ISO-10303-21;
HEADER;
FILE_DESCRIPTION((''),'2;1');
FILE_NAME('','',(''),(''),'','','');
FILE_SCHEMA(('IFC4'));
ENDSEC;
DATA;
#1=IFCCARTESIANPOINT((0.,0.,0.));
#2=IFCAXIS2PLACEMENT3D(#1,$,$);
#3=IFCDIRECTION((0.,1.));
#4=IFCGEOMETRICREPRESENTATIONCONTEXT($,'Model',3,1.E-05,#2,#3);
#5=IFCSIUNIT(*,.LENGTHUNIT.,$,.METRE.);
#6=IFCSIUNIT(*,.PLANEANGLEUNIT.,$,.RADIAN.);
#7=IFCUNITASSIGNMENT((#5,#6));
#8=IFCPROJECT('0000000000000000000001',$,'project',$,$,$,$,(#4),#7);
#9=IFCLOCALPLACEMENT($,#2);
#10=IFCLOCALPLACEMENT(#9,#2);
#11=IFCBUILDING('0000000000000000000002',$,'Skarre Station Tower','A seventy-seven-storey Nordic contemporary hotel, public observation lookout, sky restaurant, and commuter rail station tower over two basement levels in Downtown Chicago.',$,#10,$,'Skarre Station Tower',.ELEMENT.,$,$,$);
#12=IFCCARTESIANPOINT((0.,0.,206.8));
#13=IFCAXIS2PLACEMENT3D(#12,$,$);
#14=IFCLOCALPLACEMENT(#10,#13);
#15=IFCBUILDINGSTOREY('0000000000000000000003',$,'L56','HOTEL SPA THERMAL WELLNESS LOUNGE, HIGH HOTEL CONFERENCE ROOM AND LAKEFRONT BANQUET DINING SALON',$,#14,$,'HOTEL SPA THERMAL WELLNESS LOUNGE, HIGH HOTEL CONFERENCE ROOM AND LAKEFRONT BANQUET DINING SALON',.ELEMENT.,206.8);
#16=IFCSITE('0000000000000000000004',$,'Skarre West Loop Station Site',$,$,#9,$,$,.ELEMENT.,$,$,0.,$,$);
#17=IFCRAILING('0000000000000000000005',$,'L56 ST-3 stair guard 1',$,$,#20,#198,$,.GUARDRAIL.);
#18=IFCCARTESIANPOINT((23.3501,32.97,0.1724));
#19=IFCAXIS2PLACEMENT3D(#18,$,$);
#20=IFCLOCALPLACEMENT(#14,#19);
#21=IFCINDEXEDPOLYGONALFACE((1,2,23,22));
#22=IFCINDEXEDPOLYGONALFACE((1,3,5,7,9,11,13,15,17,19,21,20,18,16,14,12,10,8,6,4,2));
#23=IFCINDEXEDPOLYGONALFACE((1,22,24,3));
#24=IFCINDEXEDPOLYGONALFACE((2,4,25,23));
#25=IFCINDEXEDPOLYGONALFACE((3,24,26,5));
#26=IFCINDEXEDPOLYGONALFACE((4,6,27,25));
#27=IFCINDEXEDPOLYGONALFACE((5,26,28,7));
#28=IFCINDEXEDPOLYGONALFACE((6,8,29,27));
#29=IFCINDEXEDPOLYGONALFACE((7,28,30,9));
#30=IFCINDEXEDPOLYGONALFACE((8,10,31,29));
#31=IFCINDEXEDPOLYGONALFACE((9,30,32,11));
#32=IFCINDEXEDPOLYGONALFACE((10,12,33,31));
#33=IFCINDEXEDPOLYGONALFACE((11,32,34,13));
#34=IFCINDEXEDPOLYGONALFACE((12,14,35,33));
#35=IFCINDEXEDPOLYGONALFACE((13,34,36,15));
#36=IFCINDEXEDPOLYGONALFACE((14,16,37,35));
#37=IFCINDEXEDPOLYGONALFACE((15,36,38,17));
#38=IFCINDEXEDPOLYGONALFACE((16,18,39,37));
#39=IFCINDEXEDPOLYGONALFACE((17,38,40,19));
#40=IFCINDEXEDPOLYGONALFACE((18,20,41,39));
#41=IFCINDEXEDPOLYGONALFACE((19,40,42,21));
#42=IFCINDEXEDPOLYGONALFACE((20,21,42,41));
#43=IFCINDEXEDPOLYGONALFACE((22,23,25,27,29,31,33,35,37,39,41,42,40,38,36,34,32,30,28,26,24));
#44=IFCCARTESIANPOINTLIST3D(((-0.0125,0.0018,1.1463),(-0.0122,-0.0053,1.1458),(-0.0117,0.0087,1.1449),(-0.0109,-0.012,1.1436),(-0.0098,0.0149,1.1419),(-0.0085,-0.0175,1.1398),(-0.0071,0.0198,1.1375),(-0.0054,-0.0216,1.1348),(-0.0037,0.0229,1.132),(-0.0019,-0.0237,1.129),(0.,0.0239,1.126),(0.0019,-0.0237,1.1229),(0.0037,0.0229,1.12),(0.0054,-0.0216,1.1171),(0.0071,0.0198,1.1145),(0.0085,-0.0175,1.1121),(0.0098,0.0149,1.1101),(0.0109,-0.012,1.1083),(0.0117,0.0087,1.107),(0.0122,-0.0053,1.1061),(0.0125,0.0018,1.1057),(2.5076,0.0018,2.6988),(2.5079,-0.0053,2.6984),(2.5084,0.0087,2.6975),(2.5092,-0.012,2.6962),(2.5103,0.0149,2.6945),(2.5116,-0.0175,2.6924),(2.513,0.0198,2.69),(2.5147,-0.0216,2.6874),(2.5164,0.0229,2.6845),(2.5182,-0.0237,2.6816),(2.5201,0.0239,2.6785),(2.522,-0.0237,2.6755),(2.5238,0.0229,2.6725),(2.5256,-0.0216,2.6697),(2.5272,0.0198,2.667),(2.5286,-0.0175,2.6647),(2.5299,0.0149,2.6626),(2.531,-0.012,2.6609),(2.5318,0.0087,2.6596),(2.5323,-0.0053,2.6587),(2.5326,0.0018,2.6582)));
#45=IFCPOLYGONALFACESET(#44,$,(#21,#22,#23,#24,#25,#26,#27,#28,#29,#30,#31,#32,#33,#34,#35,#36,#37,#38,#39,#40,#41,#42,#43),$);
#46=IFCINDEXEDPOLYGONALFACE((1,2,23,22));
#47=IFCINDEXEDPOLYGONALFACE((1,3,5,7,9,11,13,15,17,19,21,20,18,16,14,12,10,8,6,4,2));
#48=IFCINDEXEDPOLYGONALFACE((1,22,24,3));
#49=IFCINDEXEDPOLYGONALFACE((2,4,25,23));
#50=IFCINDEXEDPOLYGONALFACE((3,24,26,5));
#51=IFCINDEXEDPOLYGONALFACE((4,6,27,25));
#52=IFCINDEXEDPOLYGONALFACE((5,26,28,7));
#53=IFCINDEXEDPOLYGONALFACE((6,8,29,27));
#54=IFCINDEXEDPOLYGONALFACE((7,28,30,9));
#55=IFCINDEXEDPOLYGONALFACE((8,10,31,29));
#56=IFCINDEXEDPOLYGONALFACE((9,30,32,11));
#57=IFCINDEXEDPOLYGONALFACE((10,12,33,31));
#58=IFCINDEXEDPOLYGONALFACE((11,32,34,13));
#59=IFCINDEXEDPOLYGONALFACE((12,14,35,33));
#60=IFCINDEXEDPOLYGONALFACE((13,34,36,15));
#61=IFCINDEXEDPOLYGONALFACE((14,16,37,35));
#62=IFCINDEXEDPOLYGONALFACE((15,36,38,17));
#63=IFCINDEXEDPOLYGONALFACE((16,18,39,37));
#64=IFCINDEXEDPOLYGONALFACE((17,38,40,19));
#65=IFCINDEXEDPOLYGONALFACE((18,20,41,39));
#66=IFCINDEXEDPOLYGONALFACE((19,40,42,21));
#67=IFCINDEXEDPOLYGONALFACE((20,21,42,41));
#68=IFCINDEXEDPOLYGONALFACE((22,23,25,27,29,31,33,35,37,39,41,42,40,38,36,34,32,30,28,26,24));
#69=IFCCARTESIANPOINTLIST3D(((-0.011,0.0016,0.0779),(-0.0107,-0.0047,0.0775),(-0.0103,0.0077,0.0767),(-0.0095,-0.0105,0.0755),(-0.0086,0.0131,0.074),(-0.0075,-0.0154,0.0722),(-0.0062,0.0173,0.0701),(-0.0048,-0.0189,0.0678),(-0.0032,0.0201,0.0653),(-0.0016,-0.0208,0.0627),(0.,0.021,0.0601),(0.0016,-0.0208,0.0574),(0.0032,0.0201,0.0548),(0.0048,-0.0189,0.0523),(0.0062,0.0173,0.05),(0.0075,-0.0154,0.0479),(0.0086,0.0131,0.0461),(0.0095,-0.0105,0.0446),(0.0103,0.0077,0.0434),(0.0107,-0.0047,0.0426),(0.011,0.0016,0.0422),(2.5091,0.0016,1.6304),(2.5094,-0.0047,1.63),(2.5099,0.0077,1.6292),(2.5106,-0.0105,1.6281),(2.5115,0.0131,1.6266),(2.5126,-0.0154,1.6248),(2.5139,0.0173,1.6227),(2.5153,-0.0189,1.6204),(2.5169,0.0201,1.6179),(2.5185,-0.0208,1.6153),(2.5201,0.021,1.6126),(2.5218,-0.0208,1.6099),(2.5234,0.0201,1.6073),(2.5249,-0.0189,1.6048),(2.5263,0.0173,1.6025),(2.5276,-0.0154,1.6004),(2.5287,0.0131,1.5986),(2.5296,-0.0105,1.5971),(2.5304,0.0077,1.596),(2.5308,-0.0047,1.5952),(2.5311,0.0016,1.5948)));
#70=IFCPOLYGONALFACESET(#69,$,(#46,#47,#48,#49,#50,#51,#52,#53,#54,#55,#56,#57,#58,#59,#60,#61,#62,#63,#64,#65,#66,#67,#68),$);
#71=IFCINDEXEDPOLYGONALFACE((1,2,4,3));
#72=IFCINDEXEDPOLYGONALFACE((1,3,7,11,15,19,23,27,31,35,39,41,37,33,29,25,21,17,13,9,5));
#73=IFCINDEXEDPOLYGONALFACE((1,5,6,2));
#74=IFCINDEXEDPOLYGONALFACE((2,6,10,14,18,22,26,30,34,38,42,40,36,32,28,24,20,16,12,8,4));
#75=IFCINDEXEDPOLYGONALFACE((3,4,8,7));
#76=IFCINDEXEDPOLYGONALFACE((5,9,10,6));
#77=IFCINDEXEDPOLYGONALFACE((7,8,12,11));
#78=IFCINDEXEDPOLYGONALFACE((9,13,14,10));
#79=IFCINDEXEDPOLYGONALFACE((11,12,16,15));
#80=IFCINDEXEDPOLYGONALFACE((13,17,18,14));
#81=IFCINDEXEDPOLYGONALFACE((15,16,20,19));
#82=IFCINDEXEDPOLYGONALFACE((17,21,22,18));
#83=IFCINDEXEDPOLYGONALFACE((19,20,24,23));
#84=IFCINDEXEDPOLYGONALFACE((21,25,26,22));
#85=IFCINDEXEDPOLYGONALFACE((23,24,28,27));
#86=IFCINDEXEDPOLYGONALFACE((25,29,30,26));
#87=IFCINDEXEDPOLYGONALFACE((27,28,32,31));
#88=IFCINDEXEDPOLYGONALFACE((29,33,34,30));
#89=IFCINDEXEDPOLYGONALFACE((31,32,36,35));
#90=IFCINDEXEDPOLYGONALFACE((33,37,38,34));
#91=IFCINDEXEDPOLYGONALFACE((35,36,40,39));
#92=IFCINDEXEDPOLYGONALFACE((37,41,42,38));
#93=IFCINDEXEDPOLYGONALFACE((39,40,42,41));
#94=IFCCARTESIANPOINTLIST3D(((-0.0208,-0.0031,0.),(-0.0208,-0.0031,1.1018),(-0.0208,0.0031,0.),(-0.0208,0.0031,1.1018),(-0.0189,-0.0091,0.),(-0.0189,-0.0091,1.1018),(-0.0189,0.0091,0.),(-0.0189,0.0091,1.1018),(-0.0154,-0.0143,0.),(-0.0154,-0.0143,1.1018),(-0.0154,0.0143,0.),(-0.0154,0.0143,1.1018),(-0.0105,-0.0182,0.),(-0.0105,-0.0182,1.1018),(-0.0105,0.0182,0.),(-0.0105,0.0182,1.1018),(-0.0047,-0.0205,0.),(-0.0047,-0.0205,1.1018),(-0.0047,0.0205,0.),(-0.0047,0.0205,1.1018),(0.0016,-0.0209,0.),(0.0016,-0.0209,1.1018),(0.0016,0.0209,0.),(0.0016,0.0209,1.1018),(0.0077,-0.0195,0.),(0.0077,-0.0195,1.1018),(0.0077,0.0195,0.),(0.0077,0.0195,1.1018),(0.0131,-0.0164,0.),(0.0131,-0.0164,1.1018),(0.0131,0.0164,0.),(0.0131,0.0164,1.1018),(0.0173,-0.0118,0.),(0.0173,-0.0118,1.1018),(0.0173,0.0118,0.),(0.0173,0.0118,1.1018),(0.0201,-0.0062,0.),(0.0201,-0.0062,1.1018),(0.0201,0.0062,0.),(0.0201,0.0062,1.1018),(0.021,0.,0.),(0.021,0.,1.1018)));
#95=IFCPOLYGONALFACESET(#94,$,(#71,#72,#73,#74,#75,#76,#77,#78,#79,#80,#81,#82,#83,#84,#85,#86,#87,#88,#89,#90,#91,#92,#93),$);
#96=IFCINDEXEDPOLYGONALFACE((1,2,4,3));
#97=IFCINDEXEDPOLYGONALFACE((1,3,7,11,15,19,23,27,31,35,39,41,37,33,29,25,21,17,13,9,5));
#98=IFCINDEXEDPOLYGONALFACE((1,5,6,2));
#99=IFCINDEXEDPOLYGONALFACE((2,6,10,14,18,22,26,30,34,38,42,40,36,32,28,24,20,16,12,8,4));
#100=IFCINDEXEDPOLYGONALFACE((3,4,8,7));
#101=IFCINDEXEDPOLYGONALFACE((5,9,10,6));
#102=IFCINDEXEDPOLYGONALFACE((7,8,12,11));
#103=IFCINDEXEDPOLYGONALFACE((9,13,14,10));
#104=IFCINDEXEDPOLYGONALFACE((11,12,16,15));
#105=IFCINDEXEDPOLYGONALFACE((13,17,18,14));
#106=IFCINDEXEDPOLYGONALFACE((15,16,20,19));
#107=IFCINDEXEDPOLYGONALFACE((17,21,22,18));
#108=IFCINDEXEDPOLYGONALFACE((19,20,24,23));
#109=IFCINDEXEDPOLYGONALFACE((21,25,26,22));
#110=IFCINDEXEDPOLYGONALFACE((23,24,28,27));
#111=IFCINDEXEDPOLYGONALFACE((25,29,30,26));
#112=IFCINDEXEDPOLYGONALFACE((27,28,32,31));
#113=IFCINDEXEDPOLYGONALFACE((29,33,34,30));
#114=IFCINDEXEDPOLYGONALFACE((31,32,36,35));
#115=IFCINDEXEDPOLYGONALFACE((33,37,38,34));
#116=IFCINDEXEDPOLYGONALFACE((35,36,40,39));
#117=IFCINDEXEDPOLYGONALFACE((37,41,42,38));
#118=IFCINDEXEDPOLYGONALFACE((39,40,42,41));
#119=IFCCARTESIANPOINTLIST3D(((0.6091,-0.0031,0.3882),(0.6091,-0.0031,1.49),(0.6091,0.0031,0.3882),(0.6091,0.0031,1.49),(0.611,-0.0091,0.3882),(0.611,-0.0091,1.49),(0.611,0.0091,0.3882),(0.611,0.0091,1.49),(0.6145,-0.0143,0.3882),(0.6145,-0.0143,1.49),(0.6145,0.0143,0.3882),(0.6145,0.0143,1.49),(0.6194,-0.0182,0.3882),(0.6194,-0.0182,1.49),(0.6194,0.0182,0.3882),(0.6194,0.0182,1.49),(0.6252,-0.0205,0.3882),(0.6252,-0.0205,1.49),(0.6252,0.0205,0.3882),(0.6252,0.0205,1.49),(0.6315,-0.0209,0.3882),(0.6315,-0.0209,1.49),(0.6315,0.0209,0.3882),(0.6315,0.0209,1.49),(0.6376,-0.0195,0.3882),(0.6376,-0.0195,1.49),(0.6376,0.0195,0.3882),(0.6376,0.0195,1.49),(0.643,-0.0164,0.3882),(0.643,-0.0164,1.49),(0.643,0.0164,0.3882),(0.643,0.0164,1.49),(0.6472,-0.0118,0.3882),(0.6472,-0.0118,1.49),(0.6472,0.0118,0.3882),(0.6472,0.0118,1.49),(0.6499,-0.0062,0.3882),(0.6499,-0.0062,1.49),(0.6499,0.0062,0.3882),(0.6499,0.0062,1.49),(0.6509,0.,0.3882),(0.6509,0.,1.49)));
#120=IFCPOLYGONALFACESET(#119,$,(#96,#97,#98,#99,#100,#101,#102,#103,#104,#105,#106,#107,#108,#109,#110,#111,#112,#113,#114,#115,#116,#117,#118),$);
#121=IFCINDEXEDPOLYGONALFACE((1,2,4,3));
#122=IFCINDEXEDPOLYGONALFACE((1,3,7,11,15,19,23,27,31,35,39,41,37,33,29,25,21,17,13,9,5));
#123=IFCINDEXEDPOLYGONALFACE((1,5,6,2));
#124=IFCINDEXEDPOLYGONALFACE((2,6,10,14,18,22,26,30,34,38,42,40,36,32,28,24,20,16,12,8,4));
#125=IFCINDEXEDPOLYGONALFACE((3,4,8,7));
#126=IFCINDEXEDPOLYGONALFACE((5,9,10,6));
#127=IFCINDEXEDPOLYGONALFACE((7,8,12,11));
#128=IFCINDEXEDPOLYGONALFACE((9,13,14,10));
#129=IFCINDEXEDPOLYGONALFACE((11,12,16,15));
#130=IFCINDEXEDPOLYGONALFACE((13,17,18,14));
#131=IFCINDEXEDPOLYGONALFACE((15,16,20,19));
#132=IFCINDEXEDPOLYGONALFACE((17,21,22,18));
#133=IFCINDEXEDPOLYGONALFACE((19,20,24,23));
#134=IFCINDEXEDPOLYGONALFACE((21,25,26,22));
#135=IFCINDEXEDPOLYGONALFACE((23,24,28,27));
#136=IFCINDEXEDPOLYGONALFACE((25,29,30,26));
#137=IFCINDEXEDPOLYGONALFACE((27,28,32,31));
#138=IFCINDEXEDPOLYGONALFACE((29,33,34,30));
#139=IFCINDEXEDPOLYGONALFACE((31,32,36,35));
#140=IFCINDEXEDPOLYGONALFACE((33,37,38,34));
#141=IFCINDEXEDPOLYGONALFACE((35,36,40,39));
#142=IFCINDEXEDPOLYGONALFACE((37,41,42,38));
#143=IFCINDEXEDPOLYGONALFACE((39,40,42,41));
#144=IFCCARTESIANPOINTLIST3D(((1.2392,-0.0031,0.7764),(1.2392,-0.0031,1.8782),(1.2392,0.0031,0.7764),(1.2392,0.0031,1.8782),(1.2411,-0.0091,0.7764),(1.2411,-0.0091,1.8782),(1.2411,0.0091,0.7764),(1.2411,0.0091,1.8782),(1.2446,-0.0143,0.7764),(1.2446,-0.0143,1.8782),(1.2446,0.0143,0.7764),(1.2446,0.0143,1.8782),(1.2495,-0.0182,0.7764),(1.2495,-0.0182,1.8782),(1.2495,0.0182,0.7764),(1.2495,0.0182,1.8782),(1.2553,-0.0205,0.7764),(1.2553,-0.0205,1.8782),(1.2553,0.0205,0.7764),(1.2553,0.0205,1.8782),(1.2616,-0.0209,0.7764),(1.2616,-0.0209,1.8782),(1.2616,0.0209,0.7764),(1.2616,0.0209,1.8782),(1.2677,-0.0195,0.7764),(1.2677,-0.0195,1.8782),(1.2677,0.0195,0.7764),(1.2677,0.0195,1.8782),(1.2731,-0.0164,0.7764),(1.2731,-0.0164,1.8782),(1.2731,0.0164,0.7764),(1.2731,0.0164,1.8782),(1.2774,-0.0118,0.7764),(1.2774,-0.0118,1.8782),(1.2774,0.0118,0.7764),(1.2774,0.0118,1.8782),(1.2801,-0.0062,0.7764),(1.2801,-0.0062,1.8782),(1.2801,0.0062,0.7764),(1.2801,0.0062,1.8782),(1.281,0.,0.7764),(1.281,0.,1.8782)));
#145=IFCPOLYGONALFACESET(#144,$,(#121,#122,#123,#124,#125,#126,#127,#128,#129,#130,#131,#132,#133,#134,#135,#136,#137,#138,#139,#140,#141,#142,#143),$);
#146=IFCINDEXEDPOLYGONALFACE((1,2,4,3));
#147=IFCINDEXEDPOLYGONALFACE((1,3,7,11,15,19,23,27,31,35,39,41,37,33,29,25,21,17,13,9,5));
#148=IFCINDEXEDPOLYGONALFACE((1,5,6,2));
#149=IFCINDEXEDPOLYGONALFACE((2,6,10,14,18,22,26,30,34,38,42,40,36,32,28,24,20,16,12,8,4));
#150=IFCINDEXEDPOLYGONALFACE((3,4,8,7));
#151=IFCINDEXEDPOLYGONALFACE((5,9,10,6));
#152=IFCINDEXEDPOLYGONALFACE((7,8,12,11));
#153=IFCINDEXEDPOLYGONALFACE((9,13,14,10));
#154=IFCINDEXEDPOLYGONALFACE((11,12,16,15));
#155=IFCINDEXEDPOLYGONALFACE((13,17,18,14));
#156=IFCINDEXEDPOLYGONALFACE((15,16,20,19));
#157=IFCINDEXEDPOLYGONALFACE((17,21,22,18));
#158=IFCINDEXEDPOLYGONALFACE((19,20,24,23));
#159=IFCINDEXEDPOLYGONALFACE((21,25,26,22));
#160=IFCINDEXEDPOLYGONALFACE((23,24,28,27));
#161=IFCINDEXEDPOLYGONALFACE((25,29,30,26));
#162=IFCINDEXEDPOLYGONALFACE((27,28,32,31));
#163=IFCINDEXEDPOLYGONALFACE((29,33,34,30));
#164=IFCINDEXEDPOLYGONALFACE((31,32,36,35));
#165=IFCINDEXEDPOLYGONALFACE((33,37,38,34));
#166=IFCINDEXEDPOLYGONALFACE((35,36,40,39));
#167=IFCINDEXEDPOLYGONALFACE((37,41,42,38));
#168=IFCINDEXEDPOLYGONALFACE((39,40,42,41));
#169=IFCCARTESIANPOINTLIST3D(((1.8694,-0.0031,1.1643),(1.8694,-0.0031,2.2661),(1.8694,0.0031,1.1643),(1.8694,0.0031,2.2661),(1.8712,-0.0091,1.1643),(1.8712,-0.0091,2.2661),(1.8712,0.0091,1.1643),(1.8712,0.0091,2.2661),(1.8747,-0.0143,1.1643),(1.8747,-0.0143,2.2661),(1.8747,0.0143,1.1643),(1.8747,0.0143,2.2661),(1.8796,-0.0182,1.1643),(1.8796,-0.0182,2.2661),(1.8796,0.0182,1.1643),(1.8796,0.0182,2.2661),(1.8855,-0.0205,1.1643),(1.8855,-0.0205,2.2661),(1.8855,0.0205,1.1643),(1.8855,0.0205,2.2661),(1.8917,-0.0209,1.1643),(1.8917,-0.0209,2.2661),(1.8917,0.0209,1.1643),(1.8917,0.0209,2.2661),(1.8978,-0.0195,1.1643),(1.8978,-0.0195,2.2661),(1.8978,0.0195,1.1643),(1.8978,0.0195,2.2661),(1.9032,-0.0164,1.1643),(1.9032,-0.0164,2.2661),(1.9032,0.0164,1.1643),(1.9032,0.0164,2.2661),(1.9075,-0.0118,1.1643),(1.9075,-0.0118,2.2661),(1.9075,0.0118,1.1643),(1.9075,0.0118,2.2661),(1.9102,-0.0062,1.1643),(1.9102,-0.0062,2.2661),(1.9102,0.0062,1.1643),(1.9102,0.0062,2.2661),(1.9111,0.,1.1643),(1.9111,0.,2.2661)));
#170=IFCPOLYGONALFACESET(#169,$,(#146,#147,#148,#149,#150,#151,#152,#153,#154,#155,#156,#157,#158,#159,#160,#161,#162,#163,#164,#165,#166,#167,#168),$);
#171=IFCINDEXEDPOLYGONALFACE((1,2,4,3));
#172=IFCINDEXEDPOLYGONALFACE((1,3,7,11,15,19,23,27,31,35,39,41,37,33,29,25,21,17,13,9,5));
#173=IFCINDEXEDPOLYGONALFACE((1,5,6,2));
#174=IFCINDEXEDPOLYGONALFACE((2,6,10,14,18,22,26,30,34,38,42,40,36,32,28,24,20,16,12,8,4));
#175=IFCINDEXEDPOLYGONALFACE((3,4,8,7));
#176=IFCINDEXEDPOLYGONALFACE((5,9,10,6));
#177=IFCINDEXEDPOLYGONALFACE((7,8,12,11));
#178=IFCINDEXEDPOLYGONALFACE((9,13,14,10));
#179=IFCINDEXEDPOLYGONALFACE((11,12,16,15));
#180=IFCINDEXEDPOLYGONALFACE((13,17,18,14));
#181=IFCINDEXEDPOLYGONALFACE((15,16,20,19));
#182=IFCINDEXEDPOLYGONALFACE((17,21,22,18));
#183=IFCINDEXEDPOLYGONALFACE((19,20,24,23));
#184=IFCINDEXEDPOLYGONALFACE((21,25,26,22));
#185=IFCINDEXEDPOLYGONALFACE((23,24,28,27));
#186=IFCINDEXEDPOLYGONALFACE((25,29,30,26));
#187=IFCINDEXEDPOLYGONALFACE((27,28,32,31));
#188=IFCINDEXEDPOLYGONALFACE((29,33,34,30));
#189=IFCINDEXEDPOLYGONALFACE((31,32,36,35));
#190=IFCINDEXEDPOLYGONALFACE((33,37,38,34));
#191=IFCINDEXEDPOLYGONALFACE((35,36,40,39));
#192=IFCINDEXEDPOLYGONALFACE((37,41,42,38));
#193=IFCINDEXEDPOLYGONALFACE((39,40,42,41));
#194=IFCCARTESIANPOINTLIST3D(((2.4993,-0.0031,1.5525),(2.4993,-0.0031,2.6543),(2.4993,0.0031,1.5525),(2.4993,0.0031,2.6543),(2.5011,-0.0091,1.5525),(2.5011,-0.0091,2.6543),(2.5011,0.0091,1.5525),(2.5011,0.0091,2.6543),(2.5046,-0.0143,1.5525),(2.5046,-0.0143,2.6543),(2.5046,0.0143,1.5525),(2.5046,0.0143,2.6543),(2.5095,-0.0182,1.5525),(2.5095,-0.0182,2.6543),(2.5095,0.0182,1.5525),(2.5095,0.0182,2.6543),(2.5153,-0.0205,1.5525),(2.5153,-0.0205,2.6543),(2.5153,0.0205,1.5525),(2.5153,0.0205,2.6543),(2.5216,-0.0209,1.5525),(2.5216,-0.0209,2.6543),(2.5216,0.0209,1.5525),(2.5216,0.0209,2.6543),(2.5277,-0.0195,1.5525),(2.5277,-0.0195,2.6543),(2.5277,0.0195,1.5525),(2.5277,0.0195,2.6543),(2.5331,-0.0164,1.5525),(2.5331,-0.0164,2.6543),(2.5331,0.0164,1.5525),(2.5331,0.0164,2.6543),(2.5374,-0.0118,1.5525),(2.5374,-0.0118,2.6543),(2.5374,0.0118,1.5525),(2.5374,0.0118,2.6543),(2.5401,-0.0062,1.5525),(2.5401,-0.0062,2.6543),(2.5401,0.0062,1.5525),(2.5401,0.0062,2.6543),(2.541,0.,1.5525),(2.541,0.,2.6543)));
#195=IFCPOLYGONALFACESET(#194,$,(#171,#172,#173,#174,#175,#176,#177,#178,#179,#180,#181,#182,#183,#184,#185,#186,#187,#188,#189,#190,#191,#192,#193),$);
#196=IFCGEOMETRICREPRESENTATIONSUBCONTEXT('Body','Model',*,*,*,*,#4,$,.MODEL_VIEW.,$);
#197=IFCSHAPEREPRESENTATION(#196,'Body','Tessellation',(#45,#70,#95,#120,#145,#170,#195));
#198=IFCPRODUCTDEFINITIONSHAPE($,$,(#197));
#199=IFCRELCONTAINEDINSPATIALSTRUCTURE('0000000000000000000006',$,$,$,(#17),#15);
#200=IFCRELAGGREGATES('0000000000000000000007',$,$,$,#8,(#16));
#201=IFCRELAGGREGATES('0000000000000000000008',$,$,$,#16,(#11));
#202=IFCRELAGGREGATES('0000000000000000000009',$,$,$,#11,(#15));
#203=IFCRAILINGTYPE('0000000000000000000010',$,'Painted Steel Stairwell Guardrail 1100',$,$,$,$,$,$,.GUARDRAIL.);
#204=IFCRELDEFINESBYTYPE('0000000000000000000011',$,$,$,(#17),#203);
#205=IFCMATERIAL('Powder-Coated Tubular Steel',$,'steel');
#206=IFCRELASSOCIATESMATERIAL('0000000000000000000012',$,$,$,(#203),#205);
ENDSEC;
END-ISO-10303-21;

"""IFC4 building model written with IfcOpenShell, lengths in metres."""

from ifc_helpers import new_model, si_unit, direction, frame, origin, origin_2d, place, context, subcontext, project, spatial, circle, extrude, material, type_object, element, save


model = new_model("IFC4")

# Units and contexts
model_context = context("Model", 3, precision=1e-05, world=origin(), true_north=direction((0.0, 1.0)))
body_context = subcontext(model_context, "Body", "Model", "MODEL_VIEW")
ifc_project = project(units=[si_unit("LENGTHUNIT", "METRE"), si_unit("PLANEANGLEUNIT", "RADIAN")], contexts=[model_context])

# Site, building, storey
site_placement = place(None, origin())
site = spatial("IfcSite", under=ifc_project, at=site_placement, Name="Skarre West Loop Station Site", CompositionType="ELEMENT", RefElevation=0.0)
building_placement = place(site_placement, origin())
building = spatial("IfcBuilding", under=site, at=building_placement, Name="Skarre Station Tower", Description="A seventy-seven-storey Nordic contemporary hotel, public observation lookout, sky restaurant, and commuter rail station tower over two basement levels in Downtown Chicago.", LongName="Skarre Station Tower", CompositionType="ELEMENT")
storey_placement = place(building_placement, frame((0.0, 0.0, 206.8)))
storey = spatial("IfcBuildingStorey", under=building, at=storey_placement, Name="L56", Description="HOTEL SPA THERMAL WELLNESS LOUNGE, HIGH HOTEL CONFERENCE ROOM AND LAKEFRONT BANQUET DINING SALON", LongName="HOTEL SPA THERMAL WELLNESS LOUNGE, HIGH HOTEL CONFERENCE ROOM AND LAKEFRONT BANQUET DINING SALON", CompositionType="ELEMENT", Elevation=206.8)

# Railing
ifc_material_1 = material(Name="Powder-Coated Tubular Steel", Category="steel")
railing_type_1 = type_object("IfcRailingType", Name="Painted Steel Stairwell Guardrail 1100", PredefinedType="GUARDRAIL", material=ifc_material_1)
railing_1_placement = place(storey_placement, frame((23.3501, 32.97, 0.1724)))
element("IfcRailing", 1, at=railing_1_placement, inside=storey, type_object=railing_type_1, Name="L56 ST-3 stair guard 1", PredefinedType="GUARDRAIL", context=body_context, shape_type="SweptSolid", body=[
    extrude(circle(Radius=0.0239, at=origin_2d()), frame((0.0, 0.0, 1.126), z_axis=(0.8514, 0.0, 0.524516), x_axis=(0.0, 1.0, 0.0)), (0.0, 0.0, 1.0), 2.96),
    extrude(circle(Radius=0.021, at=origin_2d()), frame((0.0, 0.0, 0.0601), z_axis=(0.8514, 0.0, 0.524516), x_axis=(0.0, 1.0, 0.0)), (0.0, 0.0, 1.0), 2.96),
    extrude(circle(Radius=0.021, at=origin_2d()), origin(), (0.0, 0.0, 1.0), 1.1018),
    extrude(circle(Radius=0.021, at=origin_2d()), frame((0.6299, 0.0, 0.3882)), (0.0, 0.0, 1.0), 1.1018),
    extrude(circle(Radius=0.021, at=origin_2d()), frame((1.26, 0.0, 0.7764)), (0.0, 0.0, 1.0), 1.1018),
    extrude(circle(Radius=0.021, at=origin_2d()), frame((1.8901, 0.0, 1.1643)), (0.0, 0.0, 1.0), 1.1018),
    extrude(circle(Radius=0.021, at=origin_2d()), frame((2.52, 0.0, 1.5525)), (0.0, 0.0, 1.0), 1.1018),
])

save(model, "model.ifc")
